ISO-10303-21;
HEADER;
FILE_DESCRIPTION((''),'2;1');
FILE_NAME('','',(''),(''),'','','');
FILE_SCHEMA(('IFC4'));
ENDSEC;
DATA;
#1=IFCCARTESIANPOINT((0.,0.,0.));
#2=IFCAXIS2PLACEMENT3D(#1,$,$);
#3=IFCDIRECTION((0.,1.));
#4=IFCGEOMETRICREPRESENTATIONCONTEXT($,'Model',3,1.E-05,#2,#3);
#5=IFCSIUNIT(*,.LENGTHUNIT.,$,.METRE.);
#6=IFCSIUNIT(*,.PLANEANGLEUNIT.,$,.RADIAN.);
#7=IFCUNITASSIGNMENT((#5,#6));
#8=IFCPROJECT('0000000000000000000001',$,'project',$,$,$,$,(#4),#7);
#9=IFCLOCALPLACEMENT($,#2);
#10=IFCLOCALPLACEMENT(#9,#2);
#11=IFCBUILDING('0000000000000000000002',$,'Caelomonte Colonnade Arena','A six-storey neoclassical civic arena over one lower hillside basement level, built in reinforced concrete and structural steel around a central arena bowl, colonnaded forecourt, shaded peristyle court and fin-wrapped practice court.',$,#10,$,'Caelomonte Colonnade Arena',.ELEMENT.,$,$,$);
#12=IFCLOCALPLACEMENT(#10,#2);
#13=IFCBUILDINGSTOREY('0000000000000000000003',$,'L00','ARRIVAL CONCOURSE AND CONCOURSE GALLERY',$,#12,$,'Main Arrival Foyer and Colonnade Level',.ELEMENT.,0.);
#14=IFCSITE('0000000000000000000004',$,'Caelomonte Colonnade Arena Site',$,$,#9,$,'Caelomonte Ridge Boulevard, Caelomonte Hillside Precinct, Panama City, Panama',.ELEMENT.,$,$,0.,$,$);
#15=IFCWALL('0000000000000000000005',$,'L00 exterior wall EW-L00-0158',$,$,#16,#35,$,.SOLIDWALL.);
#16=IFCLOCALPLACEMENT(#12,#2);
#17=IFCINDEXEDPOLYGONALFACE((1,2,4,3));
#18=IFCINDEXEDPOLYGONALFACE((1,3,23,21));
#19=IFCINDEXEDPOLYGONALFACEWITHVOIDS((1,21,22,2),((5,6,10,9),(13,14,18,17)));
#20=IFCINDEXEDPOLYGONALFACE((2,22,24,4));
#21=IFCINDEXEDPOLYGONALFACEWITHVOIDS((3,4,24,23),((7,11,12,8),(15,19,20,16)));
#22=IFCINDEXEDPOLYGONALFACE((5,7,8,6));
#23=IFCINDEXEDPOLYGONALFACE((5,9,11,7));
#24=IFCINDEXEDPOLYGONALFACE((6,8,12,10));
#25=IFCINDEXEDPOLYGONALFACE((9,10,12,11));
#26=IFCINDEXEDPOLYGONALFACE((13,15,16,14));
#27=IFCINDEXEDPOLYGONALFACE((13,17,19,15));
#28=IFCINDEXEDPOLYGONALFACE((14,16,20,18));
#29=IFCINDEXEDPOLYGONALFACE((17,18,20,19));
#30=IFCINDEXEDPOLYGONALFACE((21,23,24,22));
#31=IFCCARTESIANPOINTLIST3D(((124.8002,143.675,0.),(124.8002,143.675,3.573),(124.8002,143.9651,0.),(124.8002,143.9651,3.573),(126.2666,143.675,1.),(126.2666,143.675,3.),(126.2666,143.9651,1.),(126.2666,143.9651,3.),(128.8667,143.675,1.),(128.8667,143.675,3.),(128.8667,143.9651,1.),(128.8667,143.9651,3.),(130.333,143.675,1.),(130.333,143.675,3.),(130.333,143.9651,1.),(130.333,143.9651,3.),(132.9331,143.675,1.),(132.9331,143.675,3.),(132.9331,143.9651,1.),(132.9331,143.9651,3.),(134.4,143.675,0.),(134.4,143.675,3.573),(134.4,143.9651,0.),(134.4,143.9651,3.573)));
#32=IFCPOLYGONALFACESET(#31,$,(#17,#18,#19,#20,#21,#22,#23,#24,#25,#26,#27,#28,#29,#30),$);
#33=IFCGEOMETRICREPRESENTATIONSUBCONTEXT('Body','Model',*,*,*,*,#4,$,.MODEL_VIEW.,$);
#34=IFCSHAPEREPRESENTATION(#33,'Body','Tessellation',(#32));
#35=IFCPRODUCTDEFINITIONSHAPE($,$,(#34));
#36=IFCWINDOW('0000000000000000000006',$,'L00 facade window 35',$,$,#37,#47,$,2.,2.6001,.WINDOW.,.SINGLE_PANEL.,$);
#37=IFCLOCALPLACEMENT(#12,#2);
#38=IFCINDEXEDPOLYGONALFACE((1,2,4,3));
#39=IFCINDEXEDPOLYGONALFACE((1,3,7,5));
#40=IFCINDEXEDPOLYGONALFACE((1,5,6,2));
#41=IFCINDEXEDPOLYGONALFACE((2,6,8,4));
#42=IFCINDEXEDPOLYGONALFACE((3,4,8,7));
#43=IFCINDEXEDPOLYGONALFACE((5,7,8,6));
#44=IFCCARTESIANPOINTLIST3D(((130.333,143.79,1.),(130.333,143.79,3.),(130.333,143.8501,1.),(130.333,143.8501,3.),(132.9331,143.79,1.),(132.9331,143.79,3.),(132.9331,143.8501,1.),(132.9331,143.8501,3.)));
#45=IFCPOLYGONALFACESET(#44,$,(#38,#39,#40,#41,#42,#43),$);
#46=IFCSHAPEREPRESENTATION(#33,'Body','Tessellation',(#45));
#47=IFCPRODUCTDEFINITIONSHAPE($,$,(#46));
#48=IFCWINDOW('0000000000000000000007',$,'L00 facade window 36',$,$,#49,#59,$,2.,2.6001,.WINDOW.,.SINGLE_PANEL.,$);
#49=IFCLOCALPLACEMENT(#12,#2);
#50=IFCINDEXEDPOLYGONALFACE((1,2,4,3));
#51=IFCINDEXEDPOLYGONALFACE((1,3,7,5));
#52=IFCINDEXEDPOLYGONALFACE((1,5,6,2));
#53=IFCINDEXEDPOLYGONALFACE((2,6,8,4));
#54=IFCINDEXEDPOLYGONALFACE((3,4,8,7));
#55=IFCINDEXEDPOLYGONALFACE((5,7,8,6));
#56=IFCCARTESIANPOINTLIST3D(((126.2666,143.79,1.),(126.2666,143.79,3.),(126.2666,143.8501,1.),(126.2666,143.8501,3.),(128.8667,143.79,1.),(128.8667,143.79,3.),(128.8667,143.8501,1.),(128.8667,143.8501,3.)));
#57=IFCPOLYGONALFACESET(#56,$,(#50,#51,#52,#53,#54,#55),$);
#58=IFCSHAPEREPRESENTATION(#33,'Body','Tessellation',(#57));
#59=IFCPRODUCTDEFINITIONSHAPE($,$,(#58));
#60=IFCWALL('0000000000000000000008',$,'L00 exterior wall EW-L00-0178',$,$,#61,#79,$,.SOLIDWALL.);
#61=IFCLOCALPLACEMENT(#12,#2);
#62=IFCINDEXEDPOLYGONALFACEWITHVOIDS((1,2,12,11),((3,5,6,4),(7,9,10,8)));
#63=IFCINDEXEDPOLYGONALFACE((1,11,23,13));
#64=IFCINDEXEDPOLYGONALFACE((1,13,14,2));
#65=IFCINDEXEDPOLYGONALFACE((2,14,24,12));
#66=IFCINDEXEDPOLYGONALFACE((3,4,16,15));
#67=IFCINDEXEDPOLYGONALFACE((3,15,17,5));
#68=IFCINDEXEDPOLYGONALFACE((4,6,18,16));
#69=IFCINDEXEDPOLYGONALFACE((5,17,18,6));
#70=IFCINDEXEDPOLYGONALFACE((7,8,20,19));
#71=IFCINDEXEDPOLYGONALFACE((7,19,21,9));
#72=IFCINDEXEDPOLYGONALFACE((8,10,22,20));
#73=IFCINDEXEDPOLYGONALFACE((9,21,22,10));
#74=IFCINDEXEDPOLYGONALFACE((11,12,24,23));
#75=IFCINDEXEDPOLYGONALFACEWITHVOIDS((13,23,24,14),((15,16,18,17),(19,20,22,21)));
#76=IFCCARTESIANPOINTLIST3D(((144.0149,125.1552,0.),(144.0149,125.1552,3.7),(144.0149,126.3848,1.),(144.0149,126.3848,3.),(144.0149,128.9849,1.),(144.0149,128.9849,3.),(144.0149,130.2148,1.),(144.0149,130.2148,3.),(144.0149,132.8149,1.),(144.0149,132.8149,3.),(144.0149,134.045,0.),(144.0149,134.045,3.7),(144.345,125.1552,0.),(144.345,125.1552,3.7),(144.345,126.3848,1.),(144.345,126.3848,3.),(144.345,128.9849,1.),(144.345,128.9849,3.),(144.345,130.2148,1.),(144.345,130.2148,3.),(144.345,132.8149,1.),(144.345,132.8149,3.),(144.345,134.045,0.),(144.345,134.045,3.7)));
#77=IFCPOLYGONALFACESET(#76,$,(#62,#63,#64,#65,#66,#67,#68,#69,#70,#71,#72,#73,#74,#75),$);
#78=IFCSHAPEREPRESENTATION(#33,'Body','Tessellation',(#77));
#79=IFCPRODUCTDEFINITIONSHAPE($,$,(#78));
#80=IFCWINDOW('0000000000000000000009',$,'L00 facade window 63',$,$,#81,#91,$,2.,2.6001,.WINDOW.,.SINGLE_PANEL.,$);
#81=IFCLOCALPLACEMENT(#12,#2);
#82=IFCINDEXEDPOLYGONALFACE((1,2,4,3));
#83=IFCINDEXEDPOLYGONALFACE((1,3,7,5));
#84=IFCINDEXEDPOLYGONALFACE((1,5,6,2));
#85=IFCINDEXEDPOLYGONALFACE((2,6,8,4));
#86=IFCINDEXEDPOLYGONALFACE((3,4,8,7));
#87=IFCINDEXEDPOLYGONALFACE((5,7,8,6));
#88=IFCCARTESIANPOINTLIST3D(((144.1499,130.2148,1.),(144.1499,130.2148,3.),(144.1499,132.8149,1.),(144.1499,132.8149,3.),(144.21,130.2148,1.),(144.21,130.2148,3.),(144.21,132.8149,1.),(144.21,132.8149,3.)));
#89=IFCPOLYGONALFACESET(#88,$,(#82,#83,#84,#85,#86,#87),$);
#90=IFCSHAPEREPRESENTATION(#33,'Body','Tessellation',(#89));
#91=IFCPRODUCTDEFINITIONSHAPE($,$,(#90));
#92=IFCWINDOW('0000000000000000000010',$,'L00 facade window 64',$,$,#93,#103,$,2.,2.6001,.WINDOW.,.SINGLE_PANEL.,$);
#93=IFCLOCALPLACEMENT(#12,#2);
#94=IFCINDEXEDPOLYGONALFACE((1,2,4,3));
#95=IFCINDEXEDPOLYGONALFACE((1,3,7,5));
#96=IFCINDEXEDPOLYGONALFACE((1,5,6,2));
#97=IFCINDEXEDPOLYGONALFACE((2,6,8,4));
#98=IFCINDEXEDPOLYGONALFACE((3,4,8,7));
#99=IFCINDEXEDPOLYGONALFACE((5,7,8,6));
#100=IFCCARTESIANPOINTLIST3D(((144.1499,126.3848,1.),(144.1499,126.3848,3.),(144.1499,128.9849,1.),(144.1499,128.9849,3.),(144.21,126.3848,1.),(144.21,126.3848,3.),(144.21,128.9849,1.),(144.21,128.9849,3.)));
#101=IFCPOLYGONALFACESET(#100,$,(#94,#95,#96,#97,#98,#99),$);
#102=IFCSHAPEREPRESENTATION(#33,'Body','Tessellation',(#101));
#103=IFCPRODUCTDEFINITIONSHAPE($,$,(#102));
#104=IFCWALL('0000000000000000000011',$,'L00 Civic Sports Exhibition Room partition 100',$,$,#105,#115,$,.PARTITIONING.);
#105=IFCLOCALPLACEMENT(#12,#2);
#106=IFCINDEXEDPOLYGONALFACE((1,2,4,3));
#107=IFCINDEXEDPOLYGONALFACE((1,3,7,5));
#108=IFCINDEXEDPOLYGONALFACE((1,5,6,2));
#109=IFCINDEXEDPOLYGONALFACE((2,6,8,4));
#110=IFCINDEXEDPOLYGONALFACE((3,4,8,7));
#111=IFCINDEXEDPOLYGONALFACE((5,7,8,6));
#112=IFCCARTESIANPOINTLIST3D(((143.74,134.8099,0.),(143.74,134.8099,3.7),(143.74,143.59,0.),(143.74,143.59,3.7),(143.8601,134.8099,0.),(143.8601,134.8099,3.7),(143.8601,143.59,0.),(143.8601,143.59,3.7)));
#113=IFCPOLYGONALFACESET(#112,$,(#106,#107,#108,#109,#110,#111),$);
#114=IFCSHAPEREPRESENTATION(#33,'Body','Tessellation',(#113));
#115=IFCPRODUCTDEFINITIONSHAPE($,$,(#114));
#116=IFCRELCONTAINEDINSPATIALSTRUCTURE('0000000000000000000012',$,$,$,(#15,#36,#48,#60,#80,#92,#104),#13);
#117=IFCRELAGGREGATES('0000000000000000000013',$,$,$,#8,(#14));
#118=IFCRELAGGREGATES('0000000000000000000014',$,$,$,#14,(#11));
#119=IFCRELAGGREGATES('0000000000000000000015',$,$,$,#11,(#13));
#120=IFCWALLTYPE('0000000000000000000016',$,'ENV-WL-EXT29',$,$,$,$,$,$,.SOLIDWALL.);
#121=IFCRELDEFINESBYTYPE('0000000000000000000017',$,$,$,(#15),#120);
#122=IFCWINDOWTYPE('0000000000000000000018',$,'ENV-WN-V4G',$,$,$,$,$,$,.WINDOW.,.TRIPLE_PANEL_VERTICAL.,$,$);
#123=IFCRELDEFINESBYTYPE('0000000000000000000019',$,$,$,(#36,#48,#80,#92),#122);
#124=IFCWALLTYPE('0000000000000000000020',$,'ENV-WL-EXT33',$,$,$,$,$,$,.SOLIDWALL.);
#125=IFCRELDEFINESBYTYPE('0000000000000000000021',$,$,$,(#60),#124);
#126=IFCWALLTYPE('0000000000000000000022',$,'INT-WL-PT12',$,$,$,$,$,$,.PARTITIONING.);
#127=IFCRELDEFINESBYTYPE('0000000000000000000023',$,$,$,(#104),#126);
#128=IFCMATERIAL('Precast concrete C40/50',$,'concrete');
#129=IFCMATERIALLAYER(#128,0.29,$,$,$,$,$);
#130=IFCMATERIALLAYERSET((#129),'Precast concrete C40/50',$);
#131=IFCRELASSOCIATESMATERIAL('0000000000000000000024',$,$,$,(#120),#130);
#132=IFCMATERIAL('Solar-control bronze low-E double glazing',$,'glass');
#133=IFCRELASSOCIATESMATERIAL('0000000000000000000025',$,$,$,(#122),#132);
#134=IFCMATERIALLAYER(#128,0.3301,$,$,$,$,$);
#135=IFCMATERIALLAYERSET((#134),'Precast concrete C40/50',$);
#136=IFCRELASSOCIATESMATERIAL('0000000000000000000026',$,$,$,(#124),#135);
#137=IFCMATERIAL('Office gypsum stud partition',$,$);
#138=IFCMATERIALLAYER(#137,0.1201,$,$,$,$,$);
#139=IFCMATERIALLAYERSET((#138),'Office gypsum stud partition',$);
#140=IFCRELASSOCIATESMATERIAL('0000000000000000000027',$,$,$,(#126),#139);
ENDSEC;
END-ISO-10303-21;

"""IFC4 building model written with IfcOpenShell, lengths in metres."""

from ifc_helpers import new_model, si_unit, direction, frame, frame_2d, origin, place, context, subcontext, project, spatial, rectangle, extrude, material, layer, layer_set, type_object, element, fill, save


model = new_model("IFC4")

# Units and contexts
model_context = context("Model", 3, precision=1e-05, world=origin(), true_north=direction((0.0, 1.0)))
body_context = subcontext(model_context, "Body", "Model", "MODEL_VIEW")
ifc_project = project(units=[si_unit("LENGTHUNIT", "METRE"), si_unit("PLANEANGLEUNIT", "RADIAN")], contexts=[model_context])

# Site, building, storey
site_placement = place(None, origin())
site = spatial("IfcSite", under=ifc_project, at=site_placement, Name="Caelomonte Colonnade Arena Site", LongName="Caelomonte Ridge Boulevard, Caelomonte Hillside Precinct, Panama City, Panama", CompositionType="ELEMENT", RefElevation=0.0)
building_placement = place(site_placement, origin())
building = spatial("IfcBuilding", under=site, at=building_placement, Name="Caelomonte Colonnade Arena", Description="A six-storey neoclassical civic arena over one lower hillside basement level, built in reinforced concrete and structural steel around a central arena bowl, colonnaded forecourt, shaded peristyle court and fin-wrapped practice court.", LongName="Caelomonte Colonnade Arena", CompositionType="ELEMENT")
storey_placement = place(building_placement, origin())
storey = spatial("IfcBuildingStorey", under=building, at=storey_placement, Name="L00", Description="ARRIVAL CONCOURSE AND CONCOURSE GALLERY", LongName="Main Arrival Foyer and Colonnade Level", CompositionType="ELEMENT", Elevation=0.0)

# Walls, openings, windows
ifc_material_1 = material(Name="Precast concrete C40/50", Category="concrete")
ifc_layer_1 = layer(ifc_material_1, 0.29)
ifc_layer_set_1 = layer_set([ifc_layer_1], Name="Precast concrete C40/50")
wall_type_1 = type_object("IfcWallType", Name="ENV-WL-EXT29", PredefinedType="SOLIDWALL", material=ifc_layer_set_1)
ifc_material_2 = material(Name="Solar-control bronze low-E double glazing", Category="glass")
window_type = type_object("IfcWindowType", Name="ENV-WN-V4G", PartitioningType="TRIPLE_PANEL_VERTICAL", PredefinedType="WINDOW", material=ifc_material_2)
wall_1_placement = place(storey_placement, frame((134.3999, 143.8201, 0.0), z_axis=(0.0, 0.0, 1.0), x_axis=(-1.0, 0.0, 0.0)))
wall_1 = element("IfcWall", 1, at=wall_1_placement, inside=storey, type_object=wall_type_1, Name="L00 exterior wall EW-L00-0158", PredefinedType="SOLIDWALL", context=body_context, shape_type="SweptSolid", body=[
    extrude(rectangle(XDim=9.5999, YDim=0.29, at=frame_2d((4.7998, 0.0))), origin(), (0.0, 0.0, 1.0), 3.573),
])
opening_1_placement = place(wall_1_placement, frame((4.0669, 0.0, 1.0), z_axis=(0.0, 0.0, 1.0), x_axis=(-1.0, 0.0, 0.0)))
opening_1 = element("IfcOpeningElement", 2, at=opening_1_placement, cuts=wall_1, PredefinedType="OPENING", context=body_context, shape_type="SweptSolid", body=[
    extrude(rectangle(XDim=2.6001, YDim=2.0, at=frame_2d((1.3, 1.0))), frame((0.0, 0.155, 0.0), z_axis=(0.0, -1.0, 0.0), x_axis=(1.0, 0.0, 0.0)), (0.0, 0.0, 1.0), 0.3101),
])
opening_2_placement = place(wall_1_placement, frame((8.1333, 0.0, 1.0), z_axis=(0.0, 0.0, 1.0), x_axis=(-1.0, 0.0, 0.0)))
opening_2 = element("IfcOpeningElement", 3, at=opening_2_placement, cuts=wall_1, PredefinedType="OPENING", context=body_context, shape_type="SweptSolid", body=[
    extrude(rectangle(XDim=2.6001, YDim=2.0, at=frame_2d((1.3, 1.0))), frame((0.0, 0.155, 0.0), z_axis=(0.0, -1.0, 0.0), x_axis=(1.0, 0.0, 0.0)), (0.0, 0.0, 1.0), 0.3101),
])
window_1_placement = place(opening_1_placement, origin())
window_1 = element("IfcWindow", 4, at=window_1_placement, inside=storey, type_object=window_type, Name="L00 facade window 35", OverallHeight=2.0, OverallWidth=2.6001, PartitioningType="SINGLE_PANEL", PredefinedType="WINDOW", context=body_context, shape_type="SweptSolid", body=[
    extrude(rectangle(XDim=2.6001, YDim=2.0, at=frame_2d((1.3, 1.0))), frame((0.0, 0.03, 0.0), z_axis=(0.0, -1.0, 0.0), x_axis=(1.0, 0.0, 0.0)), (0.0, 0.0, 1.0), 0.0601),
])
fill(opening_1, window_1)
window_2_placement = place(opening_2_placement, origin())
window_2 = element("IfcWindow", 5, at=window_2_placement, inside=storey, type_object=window_type, Name="L00 facade window 36", OverallHeight=2.0, OverallWidth=2.6001, PartitioningType="SINGLE_PANEL", PredefinedType="WINDOW", context=body_context, shape_type="SweptSolid", body=[
    extrude(rectangle(XDim=2.6001, YDim=2.0, at=frame_2d((1.3, 1.0))), frame((0.0, 0.03, 0.0), z_axis=(0.0, -1.0, 0.0), x_axis=(1.0, 0.0, 0.0)), (0.0, 0.0, 1.0), 0.0601),
])
fill(opening_2, window_2)
ifc_layer_2 = layer(ifc_material_1, 0.3301)
ifc_layer_set_2 = layer_set([ifc_layer_2], Name="Precast concrete C40/50")
wall_type_2 = type_object("IfcWallType", Name="ENV-WL-EXT33", PredefinedType="SOLIDWALL", material=ifc_layer_set_2)
wall_2_placement = place(storey_placement, frame((144.1799, 134.0449, 0.0), z_axis=(0.0, 0.0, 1.0), x_axis=(0.0, -1.0, 0.0)))
wall_2 = element("IfcWall", 6, at=wall_2_placement, inside=storey, type_object=wall_type_2, Name="L00 exterior wall EW-L00-0178", PredefinedType="SOLIDWALL", context=body_context, shape_type="SweptSolid", body=[
    extrude(rectangle(XDim=8.8899, YDim=0.3301, at=frame_2d((4.4448, 0.0))), origin(), (0.0, 0.0, 1.0), 3.7),
])
opening_3_placement = place(wall_2_placement, frame((3.8301, 0.0, 1.0), z_axis=(0.0, 0.0, 1.0), x_axis=(-1.0, 0.0, 0.0)))
opening_3 = element("IfcOpeningElement", 7, at=opening_3_placement, cuts=wall_2, PredefinedType="OPENING", context=body_context, shape_type="SweptSolid", body=[
    extrude(rectangle(XDim=2.6001, YDim=2.0, at=frame_2d((1.3, 1.0))), frame((0.0, 0.175, 0.0), z_axis=(0.0, -1.0, 0.0), x_axis=(1.0, 0.0, 0.0)), (0.0, 0.0, 1.0), 0.3501),
])
opening_4_placement = place(wall_2_placement, frame((7.6602, 0.0, 1.0), z_axis=(0.0, 0.0, 1.0), x_axis=(-1.0, 0.0, 0.0)))
opening_4 = element("IfcOpeningElement", 8, at=opening_4_placement, cuts=wall_2, PredefinedType="OPENING", context=body_context, shape_type="SweptSolid", body=[
    extrude(rectangle(XDim=2.6001, YDim=2.0, at=frame_2d((1.3, 1.0))), frame((0.0, 0.175, 0.0), z_axis=(0.0, -1.0, 0.0), x_axis=(1.0, 0.0, 0.0)), (0.0, 0.0, 1.0), 0.3501),
])
window_3_placement = place(opening_3_placement, origin())
window_3 = element("IfcWindow", 9, at=window_3_placement, inside=storey, type_object=window_type, Name="L00 facade window 63", OverallHeight=2.0, OverallWidth=2.6001, PartitioningType="SINGLE_PANEL", PredefinedType="WINDOW", context=body_context, shape_type="SweptSolid", body=[
    extrude(rectangle(XDim=2.6001, YDim=2.0, at=frame_2d((1.3, 1.0))), frame((0.0, 0.03, 0.0), z_axis=(0.0, -1.0, 0.0), x_axis=(1.0, 0.0, 0.0)), (0.0, 0.0, 1.0), 0.0601),
])
fill(opening_3, window_3)
window_4_placement = place(opening_4_placement, origin())
window_4 = element("IfcWindow", 10, at=window_4_placement, inside=storey, type_object=window_type, Name="L00 facade window 64", OverallHeight=2.0, OverallWidth=2.6001, PartitioningType="SINGLE_PANEL", PredefinedType="WINDOW", context=body_context, shape_type="SweptSolid", body=[
    extrude(rectangle(XDim=2.6001, YDim=2.0, at=frame_2d((1.3, 1.0))), frame((0.0, 0.03, 0.0), z_axis=(0.0, -1.0, 0.0), x_axis=(1.0, 0.0, 0.0)), (0.0, 0.0, 1.0), 0.0601),
])
fill(opening_4, window_4)

# Wall
ifc_material_3 = material(Name="Office gypsum stud partition")
ifc_layer_3 = layer(ifc_material_3, 0.1201)
ifc_layer_set_3 = layer_set([ifc_layer_3], Name="Office gypsum stud partition")
wall_type_3 = type_object("IfcWallType", Name="INT-WL-PT12", PredefinedType="PARTITIONING", material=ifc_layer_set_3)
wall_3_placement = place(storey_placement, frame((143.8, 143.5901, 0.0), z_axis=(0.0, 0.0, 1.0), x_axis=(0.0, -1.0, 0.0)))
element("IfcWall", 11, at=wall_3_placement, inside=storey, type_object=wall_type_3, Name="L00 Civic Sports Exhibition Room partition 100", PredefinedType="PARTITIONING", context=body_context, shape_type="SweptSolid", body=[
    extrude(rectangle(XDim=8.78, YDim=0.1201, at=frame_2d((4.3901, 0.0))), origin(), (0.0, 0.0, 1.0), 3.7),
])

save(model, "model.ifc")
